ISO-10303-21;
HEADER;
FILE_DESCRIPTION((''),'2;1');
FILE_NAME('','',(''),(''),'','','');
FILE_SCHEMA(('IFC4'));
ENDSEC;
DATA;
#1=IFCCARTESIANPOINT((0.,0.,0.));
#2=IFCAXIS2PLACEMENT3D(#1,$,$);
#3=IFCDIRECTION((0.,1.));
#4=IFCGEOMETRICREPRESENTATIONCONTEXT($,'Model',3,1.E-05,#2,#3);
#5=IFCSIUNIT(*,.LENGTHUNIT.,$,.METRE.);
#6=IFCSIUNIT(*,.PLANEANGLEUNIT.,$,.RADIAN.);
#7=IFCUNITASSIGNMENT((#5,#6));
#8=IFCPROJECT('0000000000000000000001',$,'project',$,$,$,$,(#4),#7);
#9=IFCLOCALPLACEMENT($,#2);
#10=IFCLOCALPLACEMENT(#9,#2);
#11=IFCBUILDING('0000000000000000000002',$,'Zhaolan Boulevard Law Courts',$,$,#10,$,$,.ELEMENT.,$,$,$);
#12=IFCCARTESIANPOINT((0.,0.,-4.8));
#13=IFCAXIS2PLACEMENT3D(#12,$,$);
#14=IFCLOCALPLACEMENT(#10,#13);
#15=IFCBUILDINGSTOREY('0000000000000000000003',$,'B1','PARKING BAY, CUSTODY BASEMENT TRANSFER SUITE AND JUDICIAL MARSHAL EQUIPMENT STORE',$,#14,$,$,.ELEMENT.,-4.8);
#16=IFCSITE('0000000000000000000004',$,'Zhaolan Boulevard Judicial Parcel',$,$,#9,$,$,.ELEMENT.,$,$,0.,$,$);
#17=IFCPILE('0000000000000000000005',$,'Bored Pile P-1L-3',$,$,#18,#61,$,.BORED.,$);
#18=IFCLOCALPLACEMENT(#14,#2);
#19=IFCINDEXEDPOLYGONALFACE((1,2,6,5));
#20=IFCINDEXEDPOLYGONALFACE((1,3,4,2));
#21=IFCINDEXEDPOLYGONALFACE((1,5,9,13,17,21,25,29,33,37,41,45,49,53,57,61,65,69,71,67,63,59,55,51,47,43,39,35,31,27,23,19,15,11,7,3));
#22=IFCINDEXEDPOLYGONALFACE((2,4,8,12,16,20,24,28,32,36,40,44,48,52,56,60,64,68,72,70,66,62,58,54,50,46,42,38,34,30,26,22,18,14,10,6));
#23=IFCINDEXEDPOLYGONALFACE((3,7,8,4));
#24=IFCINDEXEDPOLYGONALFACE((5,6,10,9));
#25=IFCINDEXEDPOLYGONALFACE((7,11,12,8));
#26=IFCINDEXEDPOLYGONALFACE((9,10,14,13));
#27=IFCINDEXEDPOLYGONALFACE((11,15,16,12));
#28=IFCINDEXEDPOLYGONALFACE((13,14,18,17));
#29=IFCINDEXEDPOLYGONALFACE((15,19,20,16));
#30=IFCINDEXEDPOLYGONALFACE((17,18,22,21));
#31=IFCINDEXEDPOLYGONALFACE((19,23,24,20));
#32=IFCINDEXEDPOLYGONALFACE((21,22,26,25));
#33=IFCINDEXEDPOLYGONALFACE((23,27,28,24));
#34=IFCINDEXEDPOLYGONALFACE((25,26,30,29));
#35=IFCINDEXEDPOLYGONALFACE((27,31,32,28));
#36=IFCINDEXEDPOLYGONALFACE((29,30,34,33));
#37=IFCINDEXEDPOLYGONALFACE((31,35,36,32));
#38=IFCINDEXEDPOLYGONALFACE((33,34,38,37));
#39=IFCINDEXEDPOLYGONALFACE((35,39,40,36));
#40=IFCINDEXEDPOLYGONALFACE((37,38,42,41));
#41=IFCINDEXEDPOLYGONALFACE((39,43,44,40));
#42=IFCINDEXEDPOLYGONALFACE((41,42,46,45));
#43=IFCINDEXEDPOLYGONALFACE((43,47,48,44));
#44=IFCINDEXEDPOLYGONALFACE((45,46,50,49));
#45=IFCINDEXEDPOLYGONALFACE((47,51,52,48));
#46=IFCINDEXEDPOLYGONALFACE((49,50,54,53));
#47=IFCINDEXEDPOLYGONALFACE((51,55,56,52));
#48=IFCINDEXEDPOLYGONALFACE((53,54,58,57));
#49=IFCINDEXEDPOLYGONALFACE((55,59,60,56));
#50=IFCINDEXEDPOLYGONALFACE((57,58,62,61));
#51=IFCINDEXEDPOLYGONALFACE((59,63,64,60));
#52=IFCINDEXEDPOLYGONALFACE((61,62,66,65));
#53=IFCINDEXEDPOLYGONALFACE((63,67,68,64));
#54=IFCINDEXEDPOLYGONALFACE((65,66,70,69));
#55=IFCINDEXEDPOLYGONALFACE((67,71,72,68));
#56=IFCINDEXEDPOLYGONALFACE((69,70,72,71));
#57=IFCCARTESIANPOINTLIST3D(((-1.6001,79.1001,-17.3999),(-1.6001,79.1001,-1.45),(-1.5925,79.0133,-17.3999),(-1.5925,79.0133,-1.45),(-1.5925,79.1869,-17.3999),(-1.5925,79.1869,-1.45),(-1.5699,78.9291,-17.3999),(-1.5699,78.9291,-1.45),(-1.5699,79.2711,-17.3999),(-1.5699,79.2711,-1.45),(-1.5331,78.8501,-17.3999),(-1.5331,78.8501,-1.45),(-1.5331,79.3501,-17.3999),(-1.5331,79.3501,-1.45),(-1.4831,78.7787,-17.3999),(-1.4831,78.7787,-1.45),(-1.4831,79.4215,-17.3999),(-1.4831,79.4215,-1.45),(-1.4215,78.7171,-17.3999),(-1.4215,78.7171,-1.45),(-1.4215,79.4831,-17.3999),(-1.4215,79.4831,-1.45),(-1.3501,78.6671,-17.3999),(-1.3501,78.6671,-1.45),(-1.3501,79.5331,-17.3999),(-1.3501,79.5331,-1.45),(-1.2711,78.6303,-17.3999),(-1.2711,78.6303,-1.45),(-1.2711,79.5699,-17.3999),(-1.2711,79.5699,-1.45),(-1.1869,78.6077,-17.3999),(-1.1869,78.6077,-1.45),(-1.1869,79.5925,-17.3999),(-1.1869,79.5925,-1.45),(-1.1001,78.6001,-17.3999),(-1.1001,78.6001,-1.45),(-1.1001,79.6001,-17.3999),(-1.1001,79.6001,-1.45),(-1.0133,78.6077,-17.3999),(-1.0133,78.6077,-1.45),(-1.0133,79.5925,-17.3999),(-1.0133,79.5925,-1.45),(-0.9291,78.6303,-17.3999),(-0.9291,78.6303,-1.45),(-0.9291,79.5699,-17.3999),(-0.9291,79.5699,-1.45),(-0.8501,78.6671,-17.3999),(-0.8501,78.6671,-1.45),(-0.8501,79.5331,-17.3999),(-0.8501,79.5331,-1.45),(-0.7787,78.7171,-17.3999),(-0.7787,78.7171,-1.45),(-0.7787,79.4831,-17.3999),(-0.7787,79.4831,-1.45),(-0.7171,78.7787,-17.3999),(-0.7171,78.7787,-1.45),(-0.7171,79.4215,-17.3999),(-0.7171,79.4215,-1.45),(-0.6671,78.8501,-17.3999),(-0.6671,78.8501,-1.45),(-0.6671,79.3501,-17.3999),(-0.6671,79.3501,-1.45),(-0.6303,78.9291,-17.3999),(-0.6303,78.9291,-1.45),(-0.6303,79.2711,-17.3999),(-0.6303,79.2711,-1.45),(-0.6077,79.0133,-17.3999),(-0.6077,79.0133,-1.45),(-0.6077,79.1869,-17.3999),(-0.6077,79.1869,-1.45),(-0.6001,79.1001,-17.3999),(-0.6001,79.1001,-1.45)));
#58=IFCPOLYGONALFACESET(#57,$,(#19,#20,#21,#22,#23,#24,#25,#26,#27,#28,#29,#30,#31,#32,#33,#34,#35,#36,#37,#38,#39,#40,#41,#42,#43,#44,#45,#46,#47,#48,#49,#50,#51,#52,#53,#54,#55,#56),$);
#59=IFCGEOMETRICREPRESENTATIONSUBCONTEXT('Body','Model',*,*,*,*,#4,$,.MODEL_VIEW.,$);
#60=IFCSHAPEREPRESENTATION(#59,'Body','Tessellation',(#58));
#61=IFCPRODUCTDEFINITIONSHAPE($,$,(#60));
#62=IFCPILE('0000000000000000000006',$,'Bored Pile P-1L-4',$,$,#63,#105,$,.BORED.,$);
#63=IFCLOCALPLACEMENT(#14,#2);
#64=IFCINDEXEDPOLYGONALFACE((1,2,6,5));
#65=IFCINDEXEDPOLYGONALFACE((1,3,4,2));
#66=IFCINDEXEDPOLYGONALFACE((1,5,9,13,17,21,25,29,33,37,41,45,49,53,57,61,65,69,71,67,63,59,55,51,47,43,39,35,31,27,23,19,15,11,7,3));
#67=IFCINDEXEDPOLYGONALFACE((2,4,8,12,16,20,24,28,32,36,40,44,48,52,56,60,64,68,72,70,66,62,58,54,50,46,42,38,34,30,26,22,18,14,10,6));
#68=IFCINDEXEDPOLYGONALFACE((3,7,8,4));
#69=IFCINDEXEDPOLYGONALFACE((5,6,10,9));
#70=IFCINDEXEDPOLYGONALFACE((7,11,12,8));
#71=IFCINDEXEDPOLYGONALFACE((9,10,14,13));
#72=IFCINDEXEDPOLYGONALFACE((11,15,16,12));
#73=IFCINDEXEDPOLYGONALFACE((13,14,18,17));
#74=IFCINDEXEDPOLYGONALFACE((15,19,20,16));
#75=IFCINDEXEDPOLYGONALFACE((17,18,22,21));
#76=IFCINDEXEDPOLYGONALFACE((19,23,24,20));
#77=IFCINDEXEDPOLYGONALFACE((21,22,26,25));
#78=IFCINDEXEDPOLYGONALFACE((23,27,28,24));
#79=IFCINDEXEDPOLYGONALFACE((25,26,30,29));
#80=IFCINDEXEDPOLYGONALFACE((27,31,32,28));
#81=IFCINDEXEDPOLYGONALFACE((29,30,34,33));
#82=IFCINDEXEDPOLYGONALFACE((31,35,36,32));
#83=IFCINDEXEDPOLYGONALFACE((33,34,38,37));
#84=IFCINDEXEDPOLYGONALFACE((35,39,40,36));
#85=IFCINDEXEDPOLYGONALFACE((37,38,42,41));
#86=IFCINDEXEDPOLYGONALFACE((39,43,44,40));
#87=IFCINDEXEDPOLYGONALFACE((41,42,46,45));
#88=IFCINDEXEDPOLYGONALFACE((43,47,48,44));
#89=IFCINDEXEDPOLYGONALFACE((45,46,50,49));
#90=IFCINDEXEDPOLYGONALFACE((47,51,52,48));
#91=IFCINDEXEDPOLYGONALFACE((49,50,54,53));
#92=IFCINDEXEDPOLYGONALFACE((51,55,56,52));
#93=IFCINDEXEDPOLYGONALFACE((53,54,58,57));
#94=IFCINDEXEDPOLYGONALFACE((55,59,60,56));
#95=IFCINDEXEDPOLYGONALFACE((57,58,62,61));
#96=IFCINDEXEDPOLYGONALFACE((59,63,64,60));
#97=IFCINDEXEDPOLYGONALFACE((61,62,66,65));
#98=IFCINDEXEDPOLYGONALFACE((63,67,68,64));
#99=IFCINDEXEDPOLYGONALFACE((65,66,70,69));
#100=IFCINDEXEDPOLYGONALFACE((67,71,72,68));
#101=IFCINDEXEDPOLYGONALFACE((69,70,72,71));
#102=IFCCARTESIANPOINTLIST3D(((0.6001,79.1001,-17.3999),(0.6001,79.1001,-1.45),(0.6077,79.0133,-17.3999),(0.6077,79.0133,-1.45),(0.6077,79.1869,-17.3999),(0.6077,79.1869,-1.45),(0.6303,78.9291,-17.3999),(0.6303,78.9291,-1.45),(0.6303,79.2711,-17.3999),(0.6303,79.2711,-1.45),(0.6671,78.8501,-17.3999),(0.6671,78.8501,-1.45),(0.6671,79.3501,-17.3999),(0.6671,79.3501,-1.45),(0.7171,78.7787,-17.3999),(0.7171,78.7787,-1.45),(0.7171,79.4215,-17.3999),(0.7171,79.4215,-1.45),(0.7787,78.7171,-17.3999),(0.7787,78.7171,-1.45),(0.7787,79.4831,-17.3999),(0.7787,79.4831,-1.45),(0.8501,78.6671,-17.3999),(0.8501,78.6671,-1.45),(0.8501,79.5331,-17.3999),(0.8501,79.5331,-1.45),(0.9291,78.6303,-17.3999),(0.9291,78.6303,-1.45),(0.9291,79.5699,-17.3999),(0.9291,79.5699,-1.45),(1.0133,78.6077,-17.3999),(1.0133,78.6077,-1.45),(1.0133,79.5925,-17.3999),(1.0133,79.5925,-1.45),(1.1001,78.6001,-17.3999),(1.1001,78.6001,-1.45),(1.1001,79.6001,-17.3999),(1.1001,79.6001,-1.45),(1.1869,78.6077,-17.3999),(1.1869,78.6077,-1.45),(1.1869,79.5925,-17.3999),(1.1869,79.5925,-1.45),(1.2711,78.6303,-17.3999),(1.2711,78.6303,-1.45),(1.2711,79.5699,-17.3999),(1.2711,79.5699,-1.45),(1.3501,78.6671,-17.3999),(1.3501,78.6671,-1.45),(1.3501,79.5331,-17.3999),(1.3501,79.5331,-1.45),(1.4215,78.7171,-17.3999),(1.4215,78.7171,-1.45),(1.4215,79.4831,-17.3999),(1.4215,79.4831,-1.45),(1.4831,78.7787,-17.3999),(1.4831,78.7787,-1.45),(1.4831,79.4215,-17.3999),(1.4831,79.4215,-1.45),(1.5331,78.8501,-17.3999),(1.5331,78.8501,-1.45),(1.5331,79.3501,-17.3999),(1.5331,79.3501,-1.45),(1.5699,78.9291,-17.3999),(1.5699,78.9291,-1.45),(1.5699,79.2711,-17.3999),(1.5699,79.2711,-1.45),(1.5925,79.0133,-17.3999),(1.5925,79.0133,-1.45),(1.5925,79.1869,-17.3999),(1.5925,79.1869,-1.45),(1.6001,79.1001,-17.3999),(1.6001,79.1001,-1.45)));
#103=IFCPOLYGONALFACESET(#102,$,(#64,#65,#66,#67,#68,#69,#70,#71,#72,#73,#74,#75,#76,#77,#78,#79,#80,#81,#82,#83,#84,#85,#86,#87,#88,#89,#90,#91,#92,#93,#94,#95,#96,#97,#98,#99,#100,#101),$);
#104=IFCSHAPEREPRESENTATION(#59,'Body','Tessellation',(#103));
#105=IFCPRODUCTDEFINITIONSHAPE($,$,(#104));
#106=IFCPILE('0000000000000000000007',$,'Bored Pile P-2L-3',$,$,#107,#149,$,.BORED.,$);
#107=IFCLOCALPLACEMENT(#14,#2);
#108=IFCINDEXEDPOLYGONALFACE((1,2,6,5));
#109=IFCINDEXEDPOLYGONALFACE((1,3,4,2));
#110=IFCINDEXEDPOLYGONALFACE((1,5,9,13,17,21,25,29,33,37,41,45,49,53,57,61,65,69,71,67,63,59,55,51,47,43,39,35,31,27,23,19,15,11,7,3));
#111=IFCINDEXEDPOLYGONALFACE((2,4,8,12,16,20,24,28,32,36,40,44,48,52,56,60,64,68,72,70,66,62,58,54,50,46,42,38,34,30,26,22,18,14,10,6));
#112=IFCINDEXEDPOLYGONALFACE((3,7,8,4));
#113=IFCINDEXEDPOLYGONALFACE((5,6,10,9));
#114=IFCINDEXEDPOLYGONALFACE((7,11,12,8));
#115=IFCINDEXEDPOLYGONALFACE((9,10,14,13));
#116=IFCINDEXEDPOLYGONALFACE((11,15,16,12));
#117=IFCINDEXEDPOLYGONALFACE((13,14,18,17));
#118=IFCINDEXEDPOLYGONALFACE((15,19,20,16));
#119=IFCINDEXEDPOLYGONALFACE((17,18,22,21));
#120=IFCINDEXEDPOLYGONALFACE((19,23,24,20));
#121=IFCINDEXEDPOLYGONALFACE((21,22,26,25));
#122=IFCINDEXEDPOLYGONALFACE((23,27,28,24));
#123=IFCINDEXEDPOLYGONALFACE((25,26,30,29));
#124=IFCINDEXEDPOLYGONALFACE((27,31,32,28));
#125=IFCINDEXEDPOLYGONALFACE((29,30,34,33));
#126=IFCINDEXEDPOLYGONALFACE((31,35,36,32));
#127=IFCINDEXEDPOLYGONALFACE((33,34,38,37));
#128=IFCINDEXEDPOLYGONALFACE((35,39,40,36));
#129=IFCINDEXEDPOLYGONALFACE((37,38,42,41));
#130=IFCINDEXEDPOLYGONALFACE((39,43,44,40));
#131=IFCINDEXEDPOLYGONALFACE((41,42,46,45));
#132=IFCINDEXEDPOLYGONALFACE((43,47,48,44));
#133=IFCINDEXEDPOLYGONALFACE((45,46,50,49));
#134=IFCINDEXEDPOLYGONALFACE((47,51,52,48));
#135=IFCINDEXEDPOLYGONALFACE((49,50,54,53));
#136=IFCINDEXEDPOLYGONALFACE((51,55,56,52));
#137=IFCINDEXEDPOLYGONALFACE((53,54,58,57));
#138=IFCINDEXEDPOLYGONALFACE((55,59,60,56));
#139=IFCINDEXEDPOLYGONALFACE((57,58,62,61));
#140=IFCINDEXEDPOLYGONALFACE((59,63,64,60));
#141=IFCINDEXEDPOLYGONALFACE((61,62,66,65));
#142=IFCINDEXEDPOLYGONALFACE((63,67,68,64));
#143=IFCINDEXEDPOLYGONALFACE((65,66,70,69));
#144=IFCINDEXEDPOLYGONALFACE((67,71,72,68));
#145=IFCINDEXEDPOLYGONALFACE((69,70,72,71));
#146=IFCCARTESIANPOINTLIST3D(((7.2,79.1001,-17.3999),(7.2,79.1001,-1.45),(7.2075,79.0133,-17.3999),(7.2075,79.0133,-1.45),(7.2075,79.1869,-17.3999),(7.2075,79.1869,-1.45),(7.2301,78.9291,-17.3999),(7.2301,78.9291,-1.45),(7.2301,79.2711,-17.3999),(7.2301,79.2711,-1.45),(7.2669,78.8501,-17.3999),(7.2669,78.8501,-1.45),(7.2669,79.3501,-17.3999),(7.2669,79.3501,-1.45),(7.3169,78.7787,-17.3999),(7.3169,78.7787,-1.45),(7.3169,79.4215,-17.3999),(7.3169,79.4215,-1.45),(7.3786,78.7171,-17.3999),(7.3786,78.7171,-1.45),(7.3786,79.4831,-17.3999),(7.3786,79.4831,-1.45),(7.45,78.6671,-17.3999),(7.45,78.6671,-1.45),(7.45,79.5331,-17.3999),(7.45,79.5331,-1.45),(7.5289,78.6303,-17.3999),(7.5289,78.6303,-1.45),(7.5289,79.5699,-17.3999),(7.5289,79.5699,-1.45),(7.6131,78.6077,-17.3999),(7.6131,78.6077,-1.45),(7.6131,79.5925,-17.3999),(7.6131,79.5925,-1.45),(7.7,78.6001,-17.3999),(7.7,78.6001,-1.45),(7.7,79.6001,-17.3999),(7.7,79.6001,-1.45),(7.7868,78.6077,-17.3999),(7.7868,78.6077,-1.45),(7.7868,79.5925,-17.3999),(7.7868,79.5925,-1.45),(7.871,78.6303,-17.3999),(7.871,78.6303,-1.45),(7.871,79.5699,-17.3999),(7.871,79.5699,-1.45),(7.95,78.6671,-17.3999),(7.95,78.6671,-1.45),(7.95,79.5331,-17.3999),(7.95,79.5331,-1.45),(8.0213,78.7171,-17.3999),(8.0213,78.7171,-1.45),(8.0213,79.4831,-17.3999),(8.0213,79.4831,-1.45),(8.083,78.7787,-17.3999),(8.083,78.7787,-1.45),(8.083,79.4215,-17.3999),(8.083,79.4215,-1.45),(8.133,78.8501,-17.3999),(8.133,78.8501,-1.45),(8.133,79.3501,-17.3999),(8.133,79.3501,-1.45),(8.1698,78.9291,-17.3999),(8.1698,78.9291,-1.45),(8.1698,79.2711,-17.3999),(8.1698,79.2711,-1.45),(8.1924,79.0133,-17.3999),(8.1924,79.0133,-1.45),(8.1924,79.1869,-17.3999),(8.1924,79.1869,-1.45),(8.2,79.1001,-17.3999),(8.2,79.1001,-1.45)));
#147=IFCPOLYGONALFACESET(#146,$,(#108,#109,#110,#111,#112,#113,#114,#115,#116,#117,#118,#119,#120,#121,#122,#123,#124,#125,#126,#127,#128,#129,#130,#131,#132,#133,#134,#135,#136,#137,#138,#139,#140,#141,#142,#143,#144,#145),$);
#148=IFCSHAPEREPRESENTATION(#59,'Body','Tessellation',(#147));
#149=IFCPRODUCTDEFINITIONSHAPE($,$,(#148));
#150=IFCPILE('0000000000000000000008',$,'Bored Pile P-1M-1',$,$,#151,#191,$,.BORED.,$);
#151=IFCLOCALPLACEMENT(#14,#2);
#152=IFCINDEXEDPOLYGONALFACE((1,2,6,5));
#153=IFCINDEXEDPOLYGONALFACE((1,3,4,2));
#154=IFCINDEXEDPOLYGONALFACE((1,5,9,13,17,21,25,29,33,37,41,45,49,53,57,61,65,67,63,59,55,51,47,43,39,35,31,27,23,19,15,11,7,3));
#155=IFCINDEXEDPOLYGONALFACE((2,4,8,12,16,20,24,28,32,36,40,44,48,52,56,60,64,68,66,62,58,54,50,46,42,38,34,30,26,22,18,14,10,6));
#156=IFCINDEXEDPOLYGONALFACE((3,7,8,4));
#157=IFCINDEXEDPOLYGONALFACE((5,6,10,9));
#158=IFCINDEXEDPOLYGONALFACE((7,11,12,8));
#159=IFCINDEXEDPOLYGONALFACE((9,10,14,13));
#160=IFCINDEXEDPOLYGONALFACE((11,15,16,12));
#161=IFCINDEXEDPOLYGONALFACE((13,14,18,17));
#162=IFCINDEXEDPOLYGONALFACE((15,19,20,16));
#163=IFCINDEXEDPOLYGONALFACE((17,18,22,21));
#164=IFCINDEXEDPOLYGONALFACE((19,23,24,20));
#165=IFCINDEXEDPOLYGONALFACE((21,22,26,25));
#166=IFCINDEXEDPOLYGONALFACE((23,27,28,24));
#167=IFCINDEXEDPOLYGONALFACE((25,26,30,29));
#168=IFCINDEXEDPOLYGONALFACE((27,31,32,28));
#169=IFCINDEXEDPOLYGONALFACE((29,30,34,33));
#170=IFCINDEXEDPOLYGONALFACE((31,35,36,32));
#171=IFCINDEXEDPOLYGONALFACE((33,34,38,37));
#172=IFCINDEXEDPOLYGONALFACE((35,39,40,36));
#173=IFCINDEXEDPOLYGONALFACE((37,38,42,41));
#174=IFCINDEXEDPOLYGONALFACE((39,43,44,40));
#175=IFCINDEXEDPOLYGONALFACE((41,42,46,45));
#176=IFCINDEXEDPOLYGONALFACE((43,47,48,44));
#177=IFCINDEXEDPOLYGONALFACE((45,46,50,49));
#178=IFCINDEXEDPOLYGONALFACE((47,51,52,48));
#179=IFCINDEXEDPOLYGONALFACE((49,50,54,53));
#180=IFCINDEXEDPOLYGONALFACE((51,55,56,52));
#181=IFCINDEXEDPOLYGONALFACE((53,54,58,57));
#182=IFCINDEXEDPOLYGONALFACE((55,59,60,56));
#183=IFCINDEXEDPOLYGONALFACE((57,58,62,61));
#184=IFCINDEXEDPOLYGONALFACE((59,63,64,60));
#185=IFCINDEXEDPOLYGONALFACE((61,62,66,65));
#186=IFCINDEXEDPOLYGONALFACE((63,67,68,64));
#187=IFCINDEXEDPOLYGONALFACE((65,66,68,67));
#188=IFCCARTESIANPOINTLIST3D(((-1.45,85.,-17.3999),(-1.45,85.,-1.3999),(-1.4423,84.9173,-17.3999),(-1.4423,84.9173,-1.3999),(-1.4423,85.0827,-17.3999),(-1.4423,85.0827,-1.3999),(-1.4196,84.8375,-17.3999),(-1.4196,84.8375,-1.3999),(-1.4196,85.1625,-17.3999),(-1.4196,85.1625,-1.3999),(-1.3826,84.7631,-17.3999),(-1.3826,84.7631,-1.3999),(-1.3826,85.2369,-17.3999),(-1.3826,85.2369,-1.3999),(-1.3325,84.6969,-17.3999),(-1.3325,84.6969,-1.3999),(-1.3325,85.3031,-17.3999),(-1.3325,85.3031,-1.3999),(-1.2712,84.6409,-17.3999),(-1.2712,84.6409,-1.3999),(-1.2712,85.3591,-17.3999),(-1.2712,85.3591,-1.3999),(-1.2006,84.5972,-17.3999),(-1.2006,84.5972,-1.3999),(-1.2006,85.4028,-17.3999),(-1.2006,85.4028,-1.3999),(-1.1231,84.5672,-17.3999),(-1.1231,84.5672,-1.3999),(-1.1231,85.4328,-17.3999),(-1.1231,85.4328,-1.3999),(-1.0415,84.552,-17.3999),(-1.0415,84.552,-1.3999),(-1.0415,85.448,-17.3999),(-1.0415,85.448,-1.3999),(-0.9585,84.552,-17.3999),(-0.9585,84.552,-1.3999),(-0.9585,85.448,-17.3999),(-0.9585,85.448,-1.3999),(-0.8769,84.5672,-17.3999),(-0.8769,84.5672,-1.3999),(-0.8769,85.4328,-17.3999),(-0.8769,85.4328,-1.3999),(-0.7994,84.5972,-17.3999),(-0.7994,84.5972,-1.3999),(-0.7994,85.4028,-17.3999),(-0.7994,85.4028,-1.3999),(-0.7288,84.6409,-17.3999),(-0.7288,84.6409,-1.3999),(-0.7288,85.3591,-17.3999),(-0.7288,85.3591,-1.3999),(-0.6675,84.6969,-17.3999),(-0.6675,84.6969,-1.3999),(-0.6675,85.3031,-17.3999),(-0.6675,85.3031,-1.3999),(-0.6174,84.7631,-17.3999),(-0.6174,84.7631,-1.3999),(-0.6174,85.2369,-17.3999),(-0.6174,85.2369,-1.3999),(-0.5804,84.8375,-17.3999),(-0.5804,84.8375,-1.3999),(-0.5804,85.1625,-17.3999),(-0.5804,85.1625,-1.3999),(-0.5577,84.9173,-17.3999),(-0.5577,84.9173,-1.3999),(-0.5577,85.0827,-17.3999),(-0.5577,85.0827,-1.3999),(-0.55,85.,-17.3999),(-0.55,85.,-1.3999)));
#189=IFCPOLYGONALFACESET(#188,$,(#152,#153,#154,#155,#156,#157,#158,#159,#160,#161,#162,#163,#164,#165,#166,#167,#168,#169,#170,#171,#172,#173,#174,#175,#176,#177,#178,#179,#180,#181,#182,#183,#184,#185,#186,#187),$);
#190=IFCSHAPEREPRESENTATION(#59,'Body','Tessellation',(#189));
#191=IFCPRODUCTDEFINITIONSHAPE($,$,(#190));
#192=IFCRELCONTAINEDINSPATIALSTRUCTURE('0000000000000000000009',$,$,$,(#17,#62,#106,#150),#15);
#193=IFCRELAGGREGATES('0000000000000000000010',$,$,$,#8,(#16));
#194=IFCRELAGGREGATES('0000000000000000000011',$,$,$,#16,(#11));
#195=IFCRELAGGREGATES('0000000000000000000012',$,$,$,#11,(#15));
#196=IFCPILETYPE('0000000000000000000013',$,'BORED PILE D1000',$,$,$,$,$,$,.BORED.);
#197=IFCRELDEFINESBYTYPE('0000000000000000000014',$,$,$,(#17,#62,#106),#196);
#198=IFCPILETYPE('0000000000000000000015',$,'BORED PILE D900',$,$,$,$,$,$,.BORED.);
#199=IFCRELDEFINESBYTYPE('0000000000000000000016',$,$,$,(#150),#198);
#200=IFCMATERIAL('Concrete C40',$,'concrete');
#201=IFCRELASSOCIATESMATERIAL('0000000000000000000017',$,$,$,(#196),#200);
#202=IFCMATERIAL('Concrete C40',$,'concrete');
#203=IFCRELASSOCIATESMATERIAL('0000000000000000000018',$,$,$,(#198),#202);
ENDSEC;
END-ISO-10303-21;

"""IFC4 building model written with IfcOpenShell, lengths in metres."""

from ifc_helpers import new_model, si_unit, direction, frame, origin, origin_2d, place, context, subcontext, project, spatial, circle, extrude, material, material_profile, profile_set, type_object, element, save


model = new_model("IFC4")

# Units and contexts
model_context = context("Model", 3, precision=1e-05, world=origin(), true_north=direction((0.0, 1.0)))
body_context = subcontext(model_context, "Body", "Model", "MODEL_VIEW")
ifc_project = project(units=[si_unit("LENGTHUNIT", "METRE"), si_unit("PLANEANGLEUNIT", "RADIAN")], contexts=[model_context])

# Site, building, storey
site_placement = place(None, origin())
site = spatial("IfcSite", under=ifc_project, at=site_placement, Name="Zhaolan Boulevard Judicial Parcel", CompositionType="ELEMENT", RefElevation=0.0)
building_placement = place(site_placement, origin())
building = spatial("IfcBuilding", under=site, at=building_placement, Name="Zhaolan Boulevard Law Courts", CompositionType="ELEMENT")
storey_placement = place(building_placement, frame((0.0, 0.0, -4.8)))
storey = spatial("IfcBuildingStorey", under=building, at=storey_placement, Name="B1", Description="PARKING BAY, CUSTODY BASEMENT TRANSFER SUITE AND JUDICIAL MARSHAL EQUIPMENT STORE", CompositionType="ELEMENT", Elevation=-4.8)

# Piles
ifc_material_1 = material(Name="Concrete C40", Category="concrete")
ifc_material_profile_1 = material_profile(ifc_material_1, circle(Radius=0.5, at=origin_2d()), Name="PILE-D1000")
ifc_profile_set_1 = profile_set([ifc_material_profile_1], Name="Concrete C40")
pile_type_1 = type_object("IfcPileType", Name="BORED PILE D1000", PredefinedType="BORED", material=ifc_profile_set_1)
for number, where, z_axis, x_axis, name in (
    (1, (-1.1001, 79.1001, -1.45), (0.0, 0.0, -1.0), (1.0, 0.0, 0.0), "Bored Pile P-1L-3"),
    (2, (1.1001, 79.1001, -1.45), (0.0, 0.0, -1.0), (1.0, 0.0, 0.0), "Bored Pile P-1L-4"),
    (3, (7.7, 79.1001, -1.45), (0.0, 0.0, -1.0), (1.0, 0.0, 0.0), "Bored Pile P-2L-3"),
):
    element("IfcPile", number, at=place(storey_placement, frame(where, z_axis=z_axis, x_axis=x_axis)), inside=storey, type_object=pile_type_1, Name=name, PredefinedType="BORED", context=body_context, shape_type="SweptSolid", body=[
        extrude(circle(Radius=0.5, at=origin_2d()), origin(), (0.0, 0.0, 1.0), 15.95),
    ])
ifc_material_2 = material(Name="Concrete C40", Category="concrete")
ifc_material_profile_2 = material_profile(ifc_material_2, circle(Radius=0.45, at=origin_2d()), Name="PILE-D900")
ifc_profile_set_2 = profile_set([ifc_material_profile_2], Name="Concrete C40")
pile_type_2 = type_object("IfcPileType", Name="BORED PILE D900", PredefinedType="BORED", material=ifc_profile_set_2)
for number, where, z_axis, x_axis, name in (
    (4, (-1.0, 85.0, -1.3999), (0.0, 0.0, -1.0), (1.0, 0.0, 0.0), "Bored Pile P-1M-1"),
):
    element("IfcPile", number, at=place(storey_placement, frame(where, z_axis=z_axis, x_axis=x_axis)), inside=storey, type_object=pile_type_2, Name=name, PredefinedType="BORED", context=body_context, shape_type="SweptSolid", body=[
        extrude(circle(Radius=0.45, at=origin_2d()), origin(), (0.0, 0.0, 1.0), 16.0),
    ])

save(model, "model.ifc")
